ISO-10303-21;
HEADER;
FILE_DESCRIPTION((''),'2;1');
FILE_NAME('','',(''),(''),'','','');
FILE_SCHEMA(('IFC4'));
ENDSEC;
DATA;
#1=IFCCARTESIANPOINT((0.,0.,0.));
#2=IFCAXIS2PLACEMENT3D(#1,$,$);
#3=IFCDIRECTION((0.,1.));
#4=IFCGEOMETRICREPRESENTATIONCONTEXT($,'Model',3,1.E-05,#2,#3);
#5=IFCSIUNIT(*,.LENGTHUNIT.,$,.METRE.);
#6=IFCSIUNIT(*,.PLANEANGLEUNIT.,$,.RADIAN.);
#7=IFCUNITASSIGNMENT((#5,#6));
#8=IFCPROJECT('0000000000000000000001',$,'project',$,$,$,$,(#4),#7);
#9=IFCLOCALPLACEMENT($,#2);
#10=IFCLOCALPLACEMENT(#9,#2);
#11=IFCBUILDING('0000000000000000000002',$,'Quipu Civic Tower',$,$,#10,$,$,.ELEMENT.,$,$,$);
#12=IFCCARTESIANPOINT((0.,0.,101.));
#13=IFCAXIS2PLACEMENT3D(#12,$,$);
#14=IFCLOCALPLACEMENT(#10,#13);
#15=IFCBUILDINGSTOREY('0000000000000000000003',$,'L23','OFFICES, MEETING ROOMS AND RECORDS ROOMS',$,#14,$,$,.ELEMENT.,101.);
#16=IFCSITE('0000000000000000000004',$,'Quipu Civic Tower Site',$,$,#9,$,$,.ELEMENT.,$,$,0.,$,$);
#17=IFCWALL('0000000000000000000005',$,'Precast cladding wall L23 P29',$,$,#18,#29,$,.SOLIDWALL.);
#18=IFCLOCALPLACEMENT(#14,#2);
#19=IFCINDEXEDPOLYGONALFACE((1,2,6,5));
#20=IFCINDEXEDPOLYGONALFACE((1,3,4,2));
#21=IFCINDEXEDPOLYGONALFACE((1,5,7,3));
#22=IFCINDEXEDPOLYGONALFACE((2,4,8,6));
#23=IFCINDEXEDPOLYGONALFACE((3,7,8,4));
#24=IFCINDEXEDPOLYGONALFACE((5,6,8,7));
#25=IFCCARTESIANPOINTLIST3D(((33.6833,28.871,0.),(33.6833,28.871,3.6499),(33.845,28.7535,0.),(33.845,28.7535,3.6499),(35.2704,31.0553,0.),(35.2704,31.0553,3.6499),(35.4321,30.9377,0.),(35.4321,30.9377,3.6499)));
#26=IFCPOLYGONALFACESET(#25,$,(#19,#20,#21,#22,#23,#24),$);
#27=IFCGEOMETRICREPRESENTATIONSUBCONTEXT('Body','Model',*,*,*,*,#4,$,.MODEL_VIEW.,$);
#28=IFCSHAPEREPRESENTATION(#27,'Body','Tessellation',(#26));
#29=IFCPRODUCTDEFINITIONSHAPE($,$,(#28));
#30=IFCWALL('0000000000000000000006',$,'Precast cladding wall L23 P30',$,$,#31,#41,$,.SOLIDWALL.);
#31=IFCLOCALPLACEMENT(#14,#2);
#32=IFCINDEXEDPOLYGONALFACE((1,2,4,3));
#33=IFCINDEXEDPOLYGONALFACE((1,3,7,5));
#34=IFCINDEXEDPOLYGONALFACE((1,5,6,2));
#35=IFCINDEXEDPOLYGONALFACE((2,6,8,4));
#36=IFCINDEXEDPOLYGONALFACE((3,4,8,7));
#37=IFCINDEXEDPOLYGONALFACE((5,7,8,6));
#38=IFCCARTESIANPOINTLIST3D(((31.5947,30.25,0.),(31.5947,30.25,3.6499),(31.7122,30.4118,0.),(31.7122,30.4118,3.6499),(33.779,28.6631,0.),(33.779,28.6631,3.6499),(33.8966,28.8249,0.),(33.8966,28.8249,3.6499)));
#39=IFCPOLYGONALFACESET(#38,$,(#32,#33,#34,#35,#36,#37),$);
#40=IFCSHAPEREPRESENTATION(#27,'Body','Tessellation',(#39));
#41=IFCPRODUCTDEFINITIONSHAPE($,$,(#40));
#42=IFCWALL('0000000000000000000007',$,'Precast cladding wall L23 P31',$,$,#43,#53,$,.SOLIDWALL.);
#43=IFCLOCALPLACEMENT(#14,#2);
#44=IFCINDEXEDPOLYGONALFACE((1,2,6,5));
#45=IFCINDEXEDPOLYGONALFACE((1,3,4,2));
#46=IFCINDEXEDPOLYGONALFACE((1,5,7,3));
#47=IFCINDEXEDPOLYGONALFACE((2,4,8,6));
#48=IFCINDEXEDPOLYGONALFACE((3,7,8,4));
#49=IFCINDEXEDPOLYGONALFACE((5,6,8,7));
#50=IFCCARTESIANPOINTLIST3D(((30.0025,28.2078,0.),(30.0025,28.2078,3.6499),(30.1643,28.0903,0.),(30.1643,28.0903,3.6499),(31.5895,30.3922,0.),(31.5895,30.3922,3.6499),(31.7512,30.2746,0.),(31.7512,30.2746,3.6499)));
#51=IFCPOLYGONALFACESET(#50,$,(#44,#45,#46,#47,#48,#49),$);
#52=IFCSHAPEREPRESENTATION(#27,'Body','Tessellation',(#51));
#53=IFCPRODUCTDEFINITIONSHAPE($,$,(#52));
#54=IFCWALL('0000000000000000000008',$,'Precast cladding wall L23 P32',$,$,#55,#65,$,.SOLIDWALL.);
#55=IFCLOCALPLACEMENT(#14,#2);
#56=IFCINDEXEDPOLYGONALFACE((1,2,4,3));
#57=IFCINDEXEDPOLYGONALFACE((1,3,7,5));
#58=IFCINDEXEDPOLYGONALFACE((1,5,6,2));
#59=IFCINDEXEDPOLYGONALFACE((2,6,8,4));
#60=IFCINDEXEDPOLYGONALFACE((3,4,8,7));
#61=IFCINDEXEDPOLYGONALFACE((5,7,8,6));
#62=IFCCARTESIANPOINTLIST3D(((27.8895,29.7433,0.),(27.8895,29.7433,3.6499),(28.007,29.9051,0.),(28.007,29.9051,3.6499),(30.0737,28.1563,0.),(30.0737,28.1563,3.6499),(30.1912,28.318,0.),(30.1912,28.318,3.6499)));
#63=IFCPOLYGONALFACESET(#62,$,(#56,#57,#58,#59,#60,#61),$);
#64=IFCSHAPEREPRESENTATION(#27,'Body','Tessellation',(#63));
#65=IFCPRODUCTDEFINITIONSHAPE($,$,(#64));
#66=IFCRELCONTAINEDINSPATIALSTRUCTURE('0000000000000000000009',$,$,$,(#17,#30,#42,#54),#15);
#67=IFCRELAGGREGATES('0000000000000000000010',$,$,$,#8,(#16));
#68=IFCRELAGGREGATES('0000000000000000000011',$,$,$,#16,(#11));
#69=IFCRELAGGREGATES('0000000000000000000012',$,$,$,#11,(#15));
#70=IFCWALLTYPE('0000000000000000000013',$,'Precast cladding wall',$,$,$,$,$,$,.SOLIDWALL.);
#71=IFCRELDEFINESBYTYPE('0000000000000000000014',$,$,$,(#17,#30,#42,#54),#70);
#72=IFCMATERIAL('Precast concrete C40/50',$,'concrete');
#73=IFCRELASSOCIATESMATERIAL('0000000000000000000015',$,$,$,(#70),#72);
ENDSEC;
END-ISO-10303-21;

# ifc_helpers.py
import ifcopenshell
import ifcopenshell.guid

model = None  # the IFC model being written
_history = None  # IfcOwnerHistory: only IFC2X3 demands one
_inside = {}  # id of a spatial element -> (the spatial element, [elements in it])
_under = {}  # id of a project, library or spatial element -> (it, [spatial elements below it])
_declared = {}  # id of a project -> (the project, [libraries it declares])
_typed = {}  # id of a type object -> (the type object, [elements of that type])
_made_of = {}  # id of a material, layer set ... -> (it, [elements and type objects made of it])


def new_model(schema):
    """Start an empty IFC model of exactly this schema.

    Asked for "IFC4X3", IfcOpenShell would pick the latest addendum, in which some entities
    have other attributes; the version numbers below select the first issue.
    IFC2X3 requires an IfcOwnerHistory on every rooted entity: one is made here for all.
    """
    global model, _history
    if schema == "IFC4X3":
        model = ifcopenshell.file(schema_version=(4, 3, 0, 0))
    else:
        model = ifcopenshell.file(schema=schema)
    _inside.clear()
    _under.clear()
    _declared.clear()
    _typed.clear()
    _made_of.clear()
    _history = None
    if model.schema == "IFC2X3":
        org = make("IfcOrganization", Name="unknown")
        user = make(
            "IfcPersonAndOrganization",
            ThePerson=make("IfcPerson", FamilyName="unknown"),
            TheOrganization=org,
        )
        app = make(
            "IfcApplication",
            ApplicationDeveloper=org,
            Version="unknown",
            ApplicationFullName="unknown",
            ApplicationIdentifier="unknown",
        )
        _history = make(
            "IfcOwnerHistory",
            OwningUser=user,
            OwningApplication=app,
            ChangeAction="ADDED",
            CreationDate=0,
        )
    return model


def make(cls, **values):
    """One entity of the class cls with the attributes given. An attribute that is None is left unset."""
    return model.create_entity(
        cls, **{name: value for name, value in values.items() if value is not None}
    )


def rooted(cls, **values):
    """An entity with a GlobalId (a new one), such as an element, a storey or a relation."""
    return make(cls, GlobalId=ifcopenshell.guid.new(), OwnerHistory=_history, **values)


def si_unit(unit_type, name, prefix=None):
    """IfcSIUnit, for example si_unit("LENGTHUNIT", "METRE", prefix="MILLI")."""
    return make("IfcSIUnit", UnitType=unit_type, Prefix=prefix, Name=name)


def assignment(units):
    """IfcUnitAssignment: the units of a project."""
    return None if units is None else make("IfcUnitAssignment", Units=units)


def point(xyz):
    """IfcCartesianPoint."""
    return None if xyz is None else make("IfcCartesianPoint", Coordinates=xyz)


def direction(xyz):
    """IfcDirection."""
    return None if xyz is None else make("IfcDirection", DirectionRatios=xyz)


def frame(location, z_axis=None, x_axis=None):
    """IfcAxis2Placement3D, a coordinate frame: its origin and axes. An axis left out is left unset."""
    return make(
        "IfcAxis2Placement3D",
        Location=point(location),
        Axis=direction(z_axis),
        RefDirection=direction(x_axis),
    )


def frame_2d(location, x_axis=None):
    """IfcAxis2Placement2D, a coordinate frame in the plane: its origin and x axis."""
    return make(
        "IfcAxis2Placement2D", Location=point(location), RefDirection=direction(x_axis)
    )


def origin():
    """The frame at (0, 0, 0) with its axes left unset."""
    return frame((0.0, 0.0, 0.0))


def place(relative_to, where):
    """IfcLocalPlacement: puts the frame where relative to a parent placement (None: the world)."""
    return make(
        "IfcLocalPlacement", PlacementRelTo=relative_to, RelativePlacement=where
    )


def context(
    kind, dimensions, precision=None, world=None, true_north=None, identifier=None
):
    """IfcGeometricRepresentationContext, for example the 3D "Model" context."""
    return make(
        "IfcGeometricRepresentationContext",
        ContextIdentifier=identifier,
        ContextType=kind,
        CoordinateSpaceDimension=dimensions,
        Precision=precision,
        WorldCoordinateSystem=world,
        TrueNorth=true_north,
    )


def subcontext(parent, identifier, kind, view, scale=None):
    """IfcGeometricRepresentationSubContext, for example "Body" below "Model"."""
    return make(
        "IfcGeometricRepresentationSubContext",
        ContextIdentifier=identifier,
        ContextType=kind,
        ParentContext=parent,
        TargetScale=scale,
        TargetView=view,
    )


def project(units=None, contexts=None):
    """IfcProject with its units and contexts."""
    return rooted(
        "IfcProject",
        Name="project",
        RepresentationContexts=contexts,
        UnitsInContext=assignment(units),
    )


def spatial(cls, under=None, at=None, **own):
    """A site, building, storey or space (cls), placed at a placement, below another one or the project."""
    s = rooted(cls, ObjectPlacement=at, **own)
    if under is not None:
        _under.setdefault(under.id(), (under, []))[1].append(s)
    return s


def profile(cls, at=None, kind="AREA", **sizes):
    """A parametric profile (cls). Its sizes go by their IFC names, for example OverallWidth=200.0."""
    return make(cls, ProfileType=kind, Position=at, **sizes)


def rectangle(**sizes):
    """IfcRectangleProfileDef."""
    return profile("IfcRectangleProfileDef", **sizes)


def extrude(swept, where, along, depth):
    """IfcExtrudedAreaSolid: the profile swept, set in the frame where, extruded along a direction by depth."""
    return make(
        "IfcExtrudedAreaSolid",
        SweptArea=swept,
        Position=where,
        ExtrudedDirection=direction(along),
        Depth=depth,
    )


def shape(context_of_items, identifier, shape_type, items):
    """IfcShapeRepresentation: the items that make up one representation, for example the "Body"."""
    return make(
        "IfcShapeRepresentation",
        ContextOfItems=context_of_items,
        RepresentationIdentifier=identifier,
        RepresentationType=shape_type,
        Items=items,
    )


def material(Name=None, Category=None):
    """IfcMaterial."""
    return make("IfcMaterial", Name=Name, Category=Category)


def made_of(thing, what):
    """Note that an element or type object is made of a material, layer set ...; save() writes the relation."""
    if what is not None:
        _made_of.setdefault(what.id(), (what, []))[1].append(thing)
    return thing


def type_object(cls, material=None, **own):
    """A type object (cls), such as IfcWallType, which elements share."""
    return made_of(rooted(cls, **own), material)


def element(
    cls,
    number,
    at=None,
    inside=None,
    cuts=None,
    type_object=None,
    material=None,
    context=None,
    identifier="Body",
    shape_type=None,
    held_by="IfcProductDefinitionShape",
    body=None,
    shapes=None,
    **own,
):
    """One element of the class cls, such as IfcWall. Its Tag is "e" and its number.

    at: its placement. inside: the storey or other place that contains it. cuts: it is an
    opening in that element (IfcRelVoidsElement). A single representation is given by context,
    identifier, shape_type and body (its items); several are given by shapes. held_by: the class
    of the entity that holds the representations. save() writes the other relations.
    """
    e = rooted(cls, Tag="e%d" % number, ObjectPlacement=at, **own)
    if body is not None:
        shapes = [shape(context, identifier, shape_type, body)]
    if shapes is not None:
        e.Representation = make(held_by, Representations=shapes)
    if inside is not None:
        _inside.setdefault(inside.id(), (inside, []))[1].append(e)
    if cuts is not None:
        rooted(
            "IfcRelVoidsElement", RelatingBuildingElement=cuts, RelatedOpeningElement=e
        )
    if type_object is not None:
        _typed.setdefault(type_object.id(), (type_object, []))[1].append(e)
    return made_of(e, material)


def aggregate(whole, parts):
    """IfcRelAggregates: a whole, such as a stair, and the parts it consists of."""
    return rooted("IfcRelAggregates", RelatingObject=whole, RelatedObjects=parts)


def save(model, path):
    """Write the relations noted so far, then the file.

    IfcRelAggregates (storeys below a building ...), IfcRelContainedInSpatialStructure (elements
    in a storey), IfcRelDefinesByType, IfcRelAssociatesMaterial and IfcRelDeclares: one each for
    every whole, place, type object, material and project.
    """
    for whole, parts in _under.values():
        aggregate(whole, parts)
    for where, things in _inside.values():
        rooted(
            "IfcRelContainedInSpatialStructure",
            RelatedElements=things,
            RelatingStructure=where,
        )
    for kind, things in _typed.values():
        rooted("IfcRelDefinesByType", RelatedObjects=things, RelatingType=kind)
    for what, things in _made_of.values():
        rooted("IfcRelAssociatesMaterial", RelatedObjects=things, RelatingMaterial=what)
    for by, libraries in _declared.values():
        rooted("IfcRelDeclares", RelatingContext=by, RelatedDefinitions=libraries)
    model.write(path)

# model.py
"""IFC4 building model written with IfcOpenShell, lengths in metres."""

from ifc_helpers import new_model, si_unit, direction, frame, frame_2d, origin, place, context, subcontext, project, spatial, rectangle, extrude, material, type_object, element, save


model = new_model("IFC4")

# Units and contexts
model_context = context("Model", 3, precision=1e-05, world=origin(), true_north=direction((0.0, 1.0)))
body_context = subcontext(model_context, "Body", "Model", "MODEL_VIEW")
ifc_project = project(units=[si_unit("LENGTHUNIT", "METRE"), si_unit("PLANEANGLEUNIT", "RADIAN")], contexts=[model_context])

# Site, building, storey
site_placement = place(None, origin())
site = spatial("IfcSite", under=ifc_project, at=site_placement, Name="Quipu Civic Tower Site", CompositionType="ELEMENT", RefElevation=0.0)
building_placement = place(site_placement, origin())
building = spatial("IfcBuilding", under=site, at=building_placement, Name="Quipu Civic Tower", CompositionType="ELEMENT")
storey_placement = place(building_placement, frame((0.0, 0.0, 101.0)))
storey = spatial("IfcBuildingStorey", under=building, at=storey_placement, Name="L23", Description="OFFICES, MEETING ROOMS AND RECORDS ROOMS", CompositionType="ELEMENT", Elevation=101.0)

# Walls
ifc_material_1 = material(Name="Precast concrete C40/50", Category="concrete")
wall_type_1 = type_object("IfcWallType", Name="Precast cladding wall", PredefinedType="SOLIDWALL", material=ifc_material_1)
for number, where, z_axis, x_axis, name in (
    (1, (35.3513, 30.9966, 0.0), (0.0, 0.0, 1.0), (-0.587822, -0.80899, 0.0), "Precast cladding wall L23 P29"),
    (2, (33.8379, 28.7439, 0.0), (0.0, 0.0, 1.0), (-0.809033, 0.587763, 0.0), "Precast cladding wall L23 P30"),
    (3, (31.6704, 30.3335, 0.0), (0.0, 0.0, 1.0), (-0.587763, -0.809033, 0.0), "Precast cladding wall L23 P31"),
    (4, (30.1326, 28.2371, 0.0), (0.0, 0.0, 1.0), (-0.80899, 0.587822, 0.0), "Precast cladding wall L23 P32"),
):
    element("IfcWall", number, at=place(storey_placement, frame(where, z_axis=z_axis, x_axis=x_axis)), inside=storey, type_object=wall_type_1, Name=name, PredefinedType="SOLIDWALL", context=body_context, shape_type="SweptSolid", body=[
        extrude(rectangle(XDim=2.7, YDim=0.2, at=frame_2d((1.3501, 0.0))), origin(), (0.0, 0.0, 1.0), 3.6499),
    ])

save(model, "model.ifc")
